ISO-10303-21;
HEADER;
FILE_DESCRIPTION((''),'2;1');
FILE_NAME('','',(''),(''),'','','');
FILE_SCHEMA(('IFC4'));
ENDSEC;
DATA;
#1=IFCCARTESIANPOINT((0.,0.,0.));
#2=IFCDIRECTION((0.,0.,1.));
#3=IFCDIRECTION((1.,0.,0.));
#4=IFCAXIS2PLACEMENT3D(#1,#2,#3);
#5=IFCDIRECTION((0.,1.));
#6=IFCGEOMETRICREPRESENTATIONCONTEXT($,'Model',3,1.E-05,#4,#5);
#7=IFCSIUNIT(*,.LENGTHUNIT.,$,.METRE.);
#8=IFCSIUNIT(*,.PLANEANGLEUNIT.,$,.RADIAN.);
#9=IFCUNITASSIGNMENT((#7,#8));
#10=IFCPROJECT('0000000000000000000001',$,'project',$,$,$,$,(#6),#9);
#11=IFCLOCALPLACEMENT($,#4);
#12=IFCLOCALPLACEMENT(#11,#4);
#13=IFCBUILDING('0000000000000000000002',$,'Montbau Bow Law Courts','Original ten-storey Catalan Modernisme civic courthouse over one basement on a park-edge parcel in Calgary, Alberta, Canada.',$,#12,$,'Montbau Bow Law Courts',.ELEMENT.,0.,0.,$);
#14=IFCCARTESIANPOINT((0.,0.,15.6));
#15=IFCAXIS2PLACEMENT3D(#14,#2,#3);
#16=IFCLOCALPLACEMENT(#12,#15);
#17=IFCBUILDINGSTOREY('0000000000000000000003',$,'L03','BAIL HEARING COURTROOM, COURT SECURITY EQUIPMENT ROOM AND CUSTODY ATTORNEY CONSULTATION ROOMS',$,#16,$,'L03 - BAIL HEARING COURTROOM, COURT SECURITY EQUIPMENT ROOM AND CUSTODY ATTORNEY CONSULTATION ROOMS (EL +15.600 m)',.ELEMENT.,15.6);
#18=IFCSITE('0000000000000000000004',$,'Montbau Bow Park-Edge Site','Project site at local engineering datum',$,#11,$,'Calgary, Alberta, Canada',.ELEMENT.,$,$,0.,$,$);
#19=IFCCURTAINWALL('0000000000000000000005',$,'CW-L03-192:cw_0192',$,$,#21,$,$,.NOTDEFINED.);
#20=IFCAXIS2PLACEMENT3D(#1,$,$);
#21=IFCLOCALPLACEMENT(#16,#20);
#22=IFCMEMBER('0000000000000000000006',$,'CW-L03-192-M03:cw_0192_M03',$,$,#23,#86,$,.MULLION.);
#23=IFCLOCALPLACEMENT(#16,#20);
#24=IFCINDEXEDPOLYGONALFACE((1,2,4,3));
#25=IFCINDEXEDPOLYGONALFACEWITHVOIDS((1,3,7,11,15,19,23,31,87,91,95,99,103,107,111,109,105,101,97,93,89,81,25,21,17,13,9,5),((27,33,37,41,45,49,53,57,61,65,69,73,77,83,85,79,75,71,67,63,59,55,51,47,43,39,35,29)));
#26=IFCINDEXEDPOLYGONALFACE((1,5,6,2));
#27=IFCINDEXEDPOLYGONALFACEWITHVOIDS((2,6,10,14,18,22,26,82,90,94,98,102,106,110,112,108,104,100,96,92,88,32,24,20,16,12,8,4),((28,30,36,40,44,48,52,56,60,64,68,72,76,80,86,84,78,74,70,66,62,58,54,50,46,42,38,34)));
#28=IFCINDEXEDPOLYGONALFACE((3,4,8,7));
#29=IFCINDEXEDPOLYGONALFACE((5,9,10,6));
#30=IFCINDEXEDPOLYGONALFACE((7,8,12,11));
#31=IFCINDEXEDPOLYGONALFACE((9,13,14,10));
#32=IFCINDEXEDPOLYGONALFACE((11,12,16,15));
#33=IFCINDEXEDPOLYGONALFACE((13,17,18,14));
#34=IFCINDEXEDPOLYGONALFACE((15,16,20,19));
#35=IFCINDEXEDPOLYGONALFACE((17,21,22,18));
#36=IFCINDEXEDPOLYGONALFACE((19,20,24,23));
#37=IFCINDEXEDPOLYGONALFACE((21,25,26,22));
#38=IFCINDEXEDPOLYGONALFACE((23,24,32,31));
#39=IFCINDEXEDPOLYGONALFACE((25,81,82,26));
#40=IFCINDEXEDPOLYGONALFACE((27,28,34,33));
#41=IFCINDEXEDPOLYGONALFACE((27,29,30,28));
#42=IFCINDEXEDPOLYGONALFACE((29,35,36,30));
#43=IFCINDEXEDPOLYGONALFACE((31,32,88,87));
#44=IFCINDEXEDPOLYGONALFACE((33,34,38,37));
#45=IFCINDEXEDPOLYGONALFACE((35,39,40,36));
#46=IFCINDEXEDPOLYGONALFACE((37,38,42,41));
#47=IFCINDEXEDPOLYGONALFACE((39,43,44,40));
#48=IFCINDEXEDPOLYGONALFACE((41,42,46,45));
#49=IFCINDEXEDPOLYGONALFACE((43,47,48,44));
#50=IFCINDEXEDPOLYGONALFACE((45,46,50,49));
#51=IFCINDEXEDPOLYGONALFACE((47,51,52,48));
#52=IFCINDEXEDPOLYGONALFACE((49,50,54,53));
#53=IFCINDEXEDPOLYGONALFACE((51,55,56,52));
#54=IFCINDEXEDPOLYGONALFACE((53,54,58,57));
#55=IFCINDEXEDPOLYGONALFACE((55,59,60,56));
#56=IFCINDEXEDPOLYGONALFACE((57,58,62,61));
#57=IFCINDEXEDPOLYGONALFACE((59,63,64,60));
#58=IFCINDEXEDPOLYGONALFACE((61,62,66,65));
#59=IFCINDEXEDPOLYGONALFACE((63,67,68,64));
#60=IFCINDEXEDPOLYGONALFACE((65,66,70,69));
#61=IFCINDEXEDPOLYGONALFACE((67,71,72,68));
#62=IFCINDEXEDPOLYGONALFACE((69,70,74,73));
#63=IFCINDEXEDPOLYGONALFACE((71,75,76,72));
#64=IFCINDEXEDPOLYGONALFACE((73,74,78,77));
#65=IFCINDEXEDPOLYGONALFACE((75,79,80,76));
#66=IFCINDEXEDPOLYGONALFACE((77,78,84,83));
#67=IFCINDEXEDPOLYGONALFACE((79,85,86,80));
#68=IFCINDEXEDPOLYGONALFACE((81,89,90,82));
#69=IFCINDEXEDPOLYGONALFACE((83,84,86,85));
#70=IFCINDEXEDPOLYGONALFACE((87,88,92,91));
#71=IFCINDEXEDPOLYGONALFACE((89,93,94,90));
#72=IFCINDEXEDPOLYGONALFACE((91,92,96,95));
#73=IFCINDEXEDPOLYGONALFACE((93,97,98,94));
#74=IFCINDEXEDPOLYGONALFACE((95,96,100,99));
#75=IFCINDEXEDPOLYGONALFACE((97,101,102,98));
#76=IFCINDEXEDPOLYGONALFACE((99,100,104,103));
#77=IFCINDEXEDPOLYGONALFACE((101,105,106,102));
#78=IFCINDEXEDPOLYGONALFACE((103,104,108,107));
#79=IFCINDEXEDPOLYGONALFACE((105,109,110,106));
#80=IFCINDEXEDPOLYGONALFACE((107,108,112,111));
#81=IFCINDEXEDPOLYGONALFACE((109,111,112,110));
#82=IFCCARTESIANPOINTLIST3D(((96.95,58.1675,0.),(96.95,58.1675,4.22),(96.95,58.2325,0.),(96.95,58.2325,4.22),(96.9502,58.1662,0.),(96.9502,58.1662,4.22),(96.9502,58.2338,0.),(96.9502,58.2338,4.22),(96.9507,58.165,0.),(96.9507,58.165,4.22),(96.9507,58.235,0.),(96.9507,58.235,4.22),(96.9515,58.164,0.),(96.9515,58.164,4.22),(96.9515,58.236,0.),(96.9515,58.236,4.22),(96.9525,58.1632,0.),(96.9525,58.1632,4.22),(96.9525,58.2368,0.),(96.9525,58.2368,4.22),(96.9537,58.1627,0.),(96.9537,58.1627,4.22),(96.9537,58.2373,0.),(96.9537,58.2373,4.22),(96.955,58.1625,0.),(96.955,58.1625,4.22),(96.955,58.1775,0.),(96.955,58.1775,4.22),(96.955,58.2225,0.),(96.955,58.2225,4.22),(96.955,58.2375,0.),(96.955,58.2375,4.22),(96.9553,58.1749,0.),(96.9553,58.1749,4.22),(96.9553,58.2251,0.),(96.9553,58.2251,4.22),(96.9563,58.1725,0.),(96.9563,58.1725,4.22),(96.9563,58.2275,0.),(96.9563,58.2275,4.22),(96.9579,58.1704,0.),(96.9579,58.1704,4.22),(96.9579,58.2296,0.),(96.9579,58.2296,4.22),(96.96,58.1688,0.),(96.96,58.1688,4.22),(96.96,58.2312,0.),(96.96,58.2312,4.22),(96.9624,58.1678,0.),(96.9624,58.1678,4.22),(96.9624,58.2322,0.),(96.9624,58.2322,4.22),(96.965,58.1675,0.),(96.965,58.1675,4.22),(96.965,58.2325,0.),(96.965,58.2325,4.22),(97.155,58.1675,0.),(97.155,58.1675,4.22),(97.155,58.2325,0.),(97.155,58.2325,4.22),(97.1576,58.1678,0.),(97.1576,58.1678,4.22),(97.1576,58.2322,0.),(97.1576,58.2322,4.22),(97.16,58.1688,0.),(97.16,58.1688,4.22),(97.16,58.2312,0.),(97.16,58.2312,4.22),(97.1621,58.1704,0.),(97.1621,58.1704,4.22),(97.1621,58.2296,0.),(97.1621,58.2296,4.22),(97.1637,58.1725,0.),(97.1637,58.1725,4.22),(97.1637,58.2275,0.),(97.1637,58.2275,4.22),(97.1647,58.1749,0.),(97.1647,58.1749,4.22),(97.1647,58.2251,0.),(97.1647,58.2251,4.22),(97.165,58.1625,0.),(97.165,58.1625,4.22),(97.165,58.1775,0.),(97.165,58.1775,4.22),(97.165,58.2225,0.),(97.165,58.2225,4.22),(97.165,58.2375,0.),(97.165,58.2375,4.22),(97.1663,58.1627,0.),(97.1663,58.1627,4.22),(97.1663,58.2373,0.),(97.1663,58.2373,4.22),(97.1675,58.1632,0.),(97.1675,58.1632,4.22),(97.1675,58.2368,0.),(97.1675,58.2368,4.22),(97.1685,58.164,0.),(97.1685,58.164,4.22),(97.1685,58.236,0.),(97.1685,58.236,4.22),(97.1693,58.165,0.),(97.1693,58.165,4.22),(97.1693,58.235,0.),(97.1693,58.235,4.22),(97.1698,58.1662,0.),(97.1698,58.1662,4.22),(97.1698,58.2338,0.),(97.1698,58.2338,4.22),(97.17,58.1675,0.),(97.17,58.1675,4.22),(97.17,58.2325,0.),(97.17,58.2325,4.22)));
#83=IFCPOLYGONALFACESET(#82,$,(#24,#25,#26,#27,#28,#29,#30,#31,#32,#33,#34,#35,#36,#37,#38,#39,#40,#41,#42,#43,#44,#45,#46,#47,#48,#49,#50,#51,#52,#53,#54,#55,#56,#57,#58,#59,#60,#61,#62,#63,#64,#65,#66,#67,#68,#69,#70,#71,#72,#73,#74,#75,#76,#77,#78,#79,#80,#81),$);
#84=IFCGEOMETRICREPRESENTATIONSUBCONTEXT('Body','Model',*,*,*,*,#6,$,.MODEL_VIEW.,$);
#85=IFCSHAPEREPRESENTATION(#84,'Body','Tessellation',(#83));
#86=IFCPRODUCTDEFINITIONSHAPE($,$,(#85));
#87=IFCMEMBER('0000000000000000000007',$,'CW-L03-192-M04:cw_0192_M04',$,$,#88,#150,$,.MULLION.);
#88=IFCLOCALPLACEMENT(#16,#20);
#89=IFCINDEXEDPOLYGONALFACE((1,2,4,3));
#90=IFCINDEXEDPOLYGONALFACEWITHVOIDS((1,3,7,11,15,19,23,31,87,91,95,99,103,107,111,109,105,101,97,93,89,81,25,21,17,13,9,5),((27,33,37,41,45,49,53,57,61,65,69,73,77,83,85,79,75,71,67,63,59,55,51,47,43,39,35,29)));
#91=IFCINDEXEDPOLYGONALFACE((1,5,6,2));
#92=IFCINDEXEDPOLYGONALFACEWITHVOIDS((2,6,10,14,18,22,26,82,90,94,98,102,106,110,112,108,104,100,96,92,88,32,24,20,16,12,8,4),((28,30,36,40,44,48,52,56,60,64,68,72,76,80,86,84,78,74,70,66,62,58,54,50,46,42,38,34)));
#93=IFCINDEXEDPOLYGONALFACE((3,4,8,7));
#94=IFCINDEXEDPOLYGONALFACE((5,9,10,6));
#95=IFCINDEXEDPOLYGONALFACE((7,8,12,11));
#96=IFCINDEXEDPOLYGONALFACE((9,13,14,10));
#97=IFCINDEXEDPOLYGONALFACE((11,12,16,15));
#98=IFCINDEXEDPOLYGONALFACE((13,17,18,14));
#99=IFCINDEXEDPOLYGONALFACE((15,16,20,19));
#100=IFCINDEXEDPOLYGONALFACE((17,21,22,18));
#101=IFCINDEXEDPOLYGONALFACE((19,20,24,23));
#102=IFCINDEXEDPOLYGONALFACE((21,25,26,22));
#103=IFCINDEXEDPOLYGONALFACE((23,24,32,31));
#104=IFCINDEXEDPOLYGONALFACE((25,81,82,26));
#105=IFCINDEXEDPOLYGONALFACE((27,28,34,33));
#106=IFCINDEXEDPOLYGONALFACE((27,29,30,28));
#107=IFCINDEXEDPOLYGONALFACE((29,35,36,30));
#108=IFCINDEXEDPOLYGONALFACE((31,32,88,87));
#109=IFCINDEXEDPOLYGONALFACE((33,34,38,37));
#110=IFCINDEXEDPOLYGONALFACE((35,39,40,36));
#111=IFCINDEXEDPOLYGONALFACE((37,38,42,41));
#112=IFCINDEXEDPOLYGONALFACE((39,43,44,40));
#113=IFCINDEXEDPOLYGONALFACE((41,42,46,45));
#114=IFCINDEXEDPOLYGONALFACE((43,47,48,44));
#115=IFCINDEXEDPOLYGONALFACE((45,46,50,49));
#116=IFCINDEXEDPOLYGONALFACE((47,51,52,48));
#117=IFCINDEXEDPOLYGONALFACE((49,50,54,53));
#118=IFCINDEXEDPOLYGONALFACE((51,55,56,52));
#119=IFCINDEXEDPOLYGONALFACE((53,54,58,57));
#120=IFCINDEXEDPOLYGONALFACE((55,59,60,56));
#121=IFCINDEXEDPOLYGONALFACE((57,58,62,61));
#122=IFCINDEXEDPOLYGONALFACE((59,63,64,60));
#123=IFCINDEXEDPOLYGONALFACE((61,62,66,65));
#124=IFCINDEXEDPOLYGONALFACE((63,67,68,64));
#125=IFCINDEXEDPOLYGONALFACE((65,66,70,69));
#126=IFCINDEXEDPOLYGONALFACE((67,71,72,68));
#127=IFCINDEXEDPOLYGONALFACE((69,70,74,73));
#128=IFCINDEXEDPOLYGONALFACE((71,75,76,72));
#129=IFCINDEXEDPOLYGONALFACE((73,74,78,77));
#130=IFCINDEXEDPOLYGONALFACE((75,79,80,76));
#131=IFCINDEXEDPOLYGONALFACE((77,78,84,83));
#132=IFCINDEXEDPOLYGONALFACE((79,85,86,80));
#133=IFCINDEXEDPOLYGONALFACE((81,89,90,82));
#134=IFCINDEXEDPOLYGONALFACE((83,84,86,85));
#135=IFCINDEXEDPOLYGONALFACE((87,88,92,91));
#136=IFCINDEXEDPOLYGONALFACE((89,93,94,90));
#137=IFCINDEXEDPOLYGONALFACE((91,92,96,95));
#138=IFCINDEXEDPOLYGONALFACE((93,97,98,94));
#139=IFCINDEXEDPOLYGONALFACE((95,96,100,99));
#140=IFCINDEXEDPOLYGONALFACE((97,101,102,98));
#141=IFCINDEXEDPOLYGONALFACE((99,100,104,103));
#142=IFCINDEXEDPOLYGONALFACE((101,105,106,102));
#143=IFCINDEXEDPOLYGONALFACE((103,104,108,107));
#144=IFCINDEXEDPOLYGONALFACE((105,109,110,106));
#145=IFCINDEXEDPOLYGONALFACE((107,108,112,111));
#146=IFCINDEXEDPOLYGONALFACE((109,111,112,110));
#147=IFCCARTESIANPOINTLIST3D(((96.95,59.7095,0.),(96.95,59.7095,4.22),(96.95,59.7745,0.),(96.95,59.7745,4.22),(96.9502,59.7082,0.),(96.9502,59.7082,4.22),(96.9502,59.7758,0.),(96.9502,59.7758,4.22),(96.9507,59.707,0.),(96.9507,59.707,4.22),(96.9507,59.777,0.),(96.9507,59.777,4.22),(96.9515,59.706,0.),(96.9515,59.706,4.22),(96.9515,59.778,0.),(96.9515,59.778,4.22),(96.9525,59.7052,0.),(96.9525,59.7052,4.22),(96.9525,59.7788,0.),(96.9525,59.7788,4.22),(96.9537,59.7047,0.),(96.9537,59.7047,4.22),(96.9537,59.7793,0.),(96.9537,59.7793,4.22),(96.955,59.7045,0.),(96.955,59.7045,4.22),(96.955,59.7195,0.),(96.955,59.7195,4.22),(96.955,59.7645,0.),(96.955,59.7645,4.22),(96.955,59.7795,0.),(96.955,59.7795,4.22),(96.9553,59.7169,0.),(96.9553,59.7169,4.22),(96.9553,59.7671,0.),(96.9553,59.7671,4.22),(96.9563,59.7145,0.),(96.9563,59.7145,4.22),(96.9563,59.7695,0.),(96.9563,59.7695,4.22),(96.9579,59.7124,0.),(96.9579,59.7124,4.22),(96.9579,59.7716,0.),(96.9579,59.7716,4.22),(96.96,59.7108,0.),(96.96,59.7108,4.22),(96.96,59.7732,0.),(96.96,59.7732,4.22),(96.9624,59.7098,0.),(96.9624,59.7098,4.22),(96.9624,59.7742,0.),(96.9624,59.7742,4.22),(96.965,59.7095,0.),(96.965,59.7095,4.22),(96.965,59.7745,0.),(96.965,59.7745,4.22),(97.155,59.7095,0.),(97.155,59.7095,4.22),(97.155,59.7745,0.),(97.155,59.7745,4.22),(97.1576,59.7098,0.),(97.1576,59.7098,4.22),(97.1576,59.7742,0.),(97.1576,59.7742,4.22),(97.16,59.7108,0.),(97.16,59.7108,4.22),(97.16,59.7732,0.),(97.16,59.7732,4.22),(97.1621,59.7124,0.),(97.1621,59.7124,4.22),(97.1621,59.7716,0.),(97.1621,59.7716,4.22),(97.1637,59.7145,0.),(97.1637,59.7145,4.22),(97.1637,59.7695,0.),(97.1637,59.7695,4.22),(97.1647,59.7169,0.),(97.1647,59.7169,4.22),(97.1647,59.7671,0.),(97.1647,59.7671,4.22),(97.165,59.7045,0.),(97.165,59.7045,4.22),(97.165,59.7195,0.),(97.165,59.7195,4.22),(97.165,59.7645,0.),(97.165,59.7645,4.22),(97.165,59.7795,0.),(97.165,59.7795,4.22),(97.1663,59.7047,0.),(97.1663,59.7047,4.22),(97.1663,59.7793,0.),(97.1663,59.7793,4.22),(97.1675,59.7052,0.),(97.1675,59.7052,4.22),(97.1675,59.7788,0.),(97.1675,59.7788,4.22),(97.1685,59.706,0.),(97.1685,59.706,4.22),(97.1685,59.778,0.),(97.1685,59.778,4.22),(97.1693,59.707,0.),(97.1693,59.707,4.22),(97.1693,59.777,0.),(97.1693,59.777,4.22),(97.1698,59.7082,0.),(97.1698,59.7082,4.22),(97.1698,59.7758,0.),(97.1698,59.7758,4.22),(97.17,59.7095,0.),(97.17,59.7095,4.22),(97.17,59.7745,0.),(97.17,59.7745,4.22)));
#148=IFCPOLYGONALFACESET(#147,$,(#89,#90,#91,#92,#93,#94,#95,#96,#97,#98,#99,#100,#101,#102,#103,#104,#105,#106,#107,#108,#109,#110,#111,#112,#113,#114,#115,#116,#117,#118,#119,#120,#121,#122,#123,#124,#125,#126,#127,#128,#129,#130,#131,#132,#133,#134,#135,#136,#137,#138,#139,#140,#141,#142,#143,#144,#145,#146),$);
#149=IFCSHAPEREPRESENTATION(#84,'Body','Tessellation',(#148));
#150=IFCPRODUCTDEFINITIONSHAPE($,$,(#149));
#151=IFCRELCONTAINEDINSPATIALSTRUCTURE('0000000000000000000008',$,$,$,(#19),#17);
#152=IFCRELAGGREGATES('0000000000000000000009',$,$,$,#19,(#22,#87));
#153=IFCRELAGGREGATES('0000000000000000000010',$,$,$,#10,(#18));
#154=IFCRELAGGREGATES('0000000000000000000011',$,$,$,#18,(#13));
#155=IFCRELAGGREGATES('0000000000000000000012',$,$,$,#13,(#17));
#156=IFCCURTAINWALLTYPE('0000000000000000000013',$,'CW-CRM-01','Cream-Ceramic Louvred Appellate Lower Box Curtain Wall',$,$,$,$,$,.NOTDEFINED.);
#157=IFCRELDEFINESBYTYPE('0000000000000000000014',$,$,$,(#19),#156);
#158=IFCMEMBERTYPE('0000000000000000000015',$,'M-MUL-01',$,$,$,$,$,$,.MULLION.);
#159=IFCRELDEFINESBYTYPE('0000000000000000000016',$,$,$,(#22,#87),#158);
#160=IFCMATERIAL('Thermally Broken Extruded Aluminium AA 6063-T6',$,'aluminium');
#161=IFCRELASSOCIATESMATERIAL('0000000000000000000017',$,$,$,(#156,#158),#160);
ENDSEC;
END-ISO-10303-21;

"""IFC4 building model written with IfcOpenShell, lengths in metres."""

from ifc_helpers import new_model, si_unit, direction, frame, origin_with_axes, origin_2d_with_axis, place, context, subcontext, project, spatial, hollow_rectangle, extrude, material, material_profile, profile_set, type_object, element, aggregate, save


model = new_model("IFC4")

# Units and contexts
model_context = context("Model", 3, precision=1e-05, world=origin_with_axes(), true_north=direction((0.0, 1.0)))
body_context = subcontext(model_context, "Body", "Model", "MODEL_VIEW")
ifc_project = project(units=[si_unit("LENGTHUNIT", "METRE"), si_unit("PLANEANGLEUNIT", "RADIAN")], contexts=[model_context])

# Site, building, storey
site_placement = place(None, origin_with_axes())
site = spatial("IfcSite", under=ifc_project, at=site_placement, Name="Montbau Bow Park-Edge Site", Description="Project site at local engineering datum", LongName="Calgary, Alberta, Canada", CompositionType="ELEMENT", RefElevation=0.0)
building_placement = place(site_placement, origin_with_axes())
building = spatial("IfcBuilding", under=site, at=building_placement, Name="Montbau Bow Law Courts", Description="Original ten-storey Catalan Modernisme civic courthouse over one basement on a park-edge parcel in Calgary, Alberta, Canada.", LongName="Montbau Bow Law Courts", CompositionType="ELEMENT", ElevationOfRefHeight=0.0, ElevationOfTerrain=0.0)
storey_placement = place(building_placement, frame((0.0, 0.0, 15.6), z_axis=(0.0, 0.0, 1.0), x_axis=(1.0, 0.0, 0.0)))
storey = spatial("IfcBuildingStorey", under=building, at=storey_placement, Name="L03", Description="BAIL HEARING COURTROOM, COURT SECURITY EQUIPMENT ROOM AND CUSTODY ATTORNEY CONSULTATION ROOMS", LongName="L03 - BAIL HEARING COURTROOM, COURT SECURITY EQUIPMENT ROOM AND CUSTODY ATTORNEY CONSULTATION ROOMS (EL +15.600 m)", CompositionType="ELEMENT", Elevation=15.6)

# Curtain wall, members
ifc_material_1 = material(Name="Thermally Broken Extruded Aluminium AA 6063-T6", Category="aluminium")
curtain_wall_type = type_object("IfcCurtainWallType", Name="CW-CRM-01", Description="Cream-Ceramic Louvred Appellate Lower Box Curtain Wall", PredefinedType="NOTDEFINED", material=ifc_material_1)
curtain_wall_1_placement = place(None, frame((97.06, 55.115, 15.6), z_axis=(0.0, 0.0, 1.0), x_axis=(1.0, 0.0, 0.0)))
curtain_wall_1 = element("IfcCurtainWall", 1, at=curtain_wall_1_placement, inside=storey, type_object=curtain_wall_type, Name="CW-L03-192:cw_0192", PredefinedType="NOTDEFINED")
ifc_material_profile_1 = material_profile(ifc_material_1, hollow_rectangle(XDim=0.075, YDim=0.22, WallThickness=0.005, InnerFilletRadius=0.01, OuterFilletRadius=0.005, at=origin_2d_with_axis()), Name="CWM-220X75", Category="Main", Priority=0)
ifc_profile_set_1 = profile_set([ifc_material_profile_1], Name="Thermally Broken Extruded Aluminium AA 6063-T6")
member_type_1 = type_object("IfcMemberType", Name="M-MUL-01", PredefinedType="MULLION", material=ifc_profile_set_1)
member_1_placement = place(None, frame((97.06, 58.2, 15.6), z_axis=(0.0, 0.0, 1.0), x_axis=(0.0, 1.0, 0.0)))
member_1 = element("IfcMember", 2, at=member_1_placement, type_object=member_type_1, Name="CW-L03-192-M03:cw_0192_M03", PredefinedType="MULLION", context=body_context, shape_type="SweptSolid", body=[
    extrude(hollow_rectangle(XDim=0.075, YDim=0.22, WallThickness=0.005, InnerFilletRadius=0.01, OuterFilletRadius=0.005, at=origin_2d_with_axis()), origin_with_axes(), (0.0, 0.0, 1.0), 4.22),
])
member_2_placement = place(None, frame((97.06, 59.742, 15.6), z_axis=(0.0, 0.0, 1.0), x_axis=(0.0, 1.0, 0.0)))
member_2 = element("IfcMember", 3, at=member_2_placement, type_object=member_type_1, Name="CW-L03-192-M04:cw_0192_M04", PredefinedType="MULLION", context=body_context, shape_type="SweptSolid", body=[
    extrude(hollow_rectangle(XDim=0.075, YDim=0.22, WallThickness=0.005, InnerFilletRadius=0.01, OuterFilletRadius=0.005, at=origin_2d_with_axis()), origin_with_axes(), (0.0, 0.0, 1.0), 4.22),
])

aggregate(curtain_wall_1, [member_1, member_2])

save(model, "model.ifc")
